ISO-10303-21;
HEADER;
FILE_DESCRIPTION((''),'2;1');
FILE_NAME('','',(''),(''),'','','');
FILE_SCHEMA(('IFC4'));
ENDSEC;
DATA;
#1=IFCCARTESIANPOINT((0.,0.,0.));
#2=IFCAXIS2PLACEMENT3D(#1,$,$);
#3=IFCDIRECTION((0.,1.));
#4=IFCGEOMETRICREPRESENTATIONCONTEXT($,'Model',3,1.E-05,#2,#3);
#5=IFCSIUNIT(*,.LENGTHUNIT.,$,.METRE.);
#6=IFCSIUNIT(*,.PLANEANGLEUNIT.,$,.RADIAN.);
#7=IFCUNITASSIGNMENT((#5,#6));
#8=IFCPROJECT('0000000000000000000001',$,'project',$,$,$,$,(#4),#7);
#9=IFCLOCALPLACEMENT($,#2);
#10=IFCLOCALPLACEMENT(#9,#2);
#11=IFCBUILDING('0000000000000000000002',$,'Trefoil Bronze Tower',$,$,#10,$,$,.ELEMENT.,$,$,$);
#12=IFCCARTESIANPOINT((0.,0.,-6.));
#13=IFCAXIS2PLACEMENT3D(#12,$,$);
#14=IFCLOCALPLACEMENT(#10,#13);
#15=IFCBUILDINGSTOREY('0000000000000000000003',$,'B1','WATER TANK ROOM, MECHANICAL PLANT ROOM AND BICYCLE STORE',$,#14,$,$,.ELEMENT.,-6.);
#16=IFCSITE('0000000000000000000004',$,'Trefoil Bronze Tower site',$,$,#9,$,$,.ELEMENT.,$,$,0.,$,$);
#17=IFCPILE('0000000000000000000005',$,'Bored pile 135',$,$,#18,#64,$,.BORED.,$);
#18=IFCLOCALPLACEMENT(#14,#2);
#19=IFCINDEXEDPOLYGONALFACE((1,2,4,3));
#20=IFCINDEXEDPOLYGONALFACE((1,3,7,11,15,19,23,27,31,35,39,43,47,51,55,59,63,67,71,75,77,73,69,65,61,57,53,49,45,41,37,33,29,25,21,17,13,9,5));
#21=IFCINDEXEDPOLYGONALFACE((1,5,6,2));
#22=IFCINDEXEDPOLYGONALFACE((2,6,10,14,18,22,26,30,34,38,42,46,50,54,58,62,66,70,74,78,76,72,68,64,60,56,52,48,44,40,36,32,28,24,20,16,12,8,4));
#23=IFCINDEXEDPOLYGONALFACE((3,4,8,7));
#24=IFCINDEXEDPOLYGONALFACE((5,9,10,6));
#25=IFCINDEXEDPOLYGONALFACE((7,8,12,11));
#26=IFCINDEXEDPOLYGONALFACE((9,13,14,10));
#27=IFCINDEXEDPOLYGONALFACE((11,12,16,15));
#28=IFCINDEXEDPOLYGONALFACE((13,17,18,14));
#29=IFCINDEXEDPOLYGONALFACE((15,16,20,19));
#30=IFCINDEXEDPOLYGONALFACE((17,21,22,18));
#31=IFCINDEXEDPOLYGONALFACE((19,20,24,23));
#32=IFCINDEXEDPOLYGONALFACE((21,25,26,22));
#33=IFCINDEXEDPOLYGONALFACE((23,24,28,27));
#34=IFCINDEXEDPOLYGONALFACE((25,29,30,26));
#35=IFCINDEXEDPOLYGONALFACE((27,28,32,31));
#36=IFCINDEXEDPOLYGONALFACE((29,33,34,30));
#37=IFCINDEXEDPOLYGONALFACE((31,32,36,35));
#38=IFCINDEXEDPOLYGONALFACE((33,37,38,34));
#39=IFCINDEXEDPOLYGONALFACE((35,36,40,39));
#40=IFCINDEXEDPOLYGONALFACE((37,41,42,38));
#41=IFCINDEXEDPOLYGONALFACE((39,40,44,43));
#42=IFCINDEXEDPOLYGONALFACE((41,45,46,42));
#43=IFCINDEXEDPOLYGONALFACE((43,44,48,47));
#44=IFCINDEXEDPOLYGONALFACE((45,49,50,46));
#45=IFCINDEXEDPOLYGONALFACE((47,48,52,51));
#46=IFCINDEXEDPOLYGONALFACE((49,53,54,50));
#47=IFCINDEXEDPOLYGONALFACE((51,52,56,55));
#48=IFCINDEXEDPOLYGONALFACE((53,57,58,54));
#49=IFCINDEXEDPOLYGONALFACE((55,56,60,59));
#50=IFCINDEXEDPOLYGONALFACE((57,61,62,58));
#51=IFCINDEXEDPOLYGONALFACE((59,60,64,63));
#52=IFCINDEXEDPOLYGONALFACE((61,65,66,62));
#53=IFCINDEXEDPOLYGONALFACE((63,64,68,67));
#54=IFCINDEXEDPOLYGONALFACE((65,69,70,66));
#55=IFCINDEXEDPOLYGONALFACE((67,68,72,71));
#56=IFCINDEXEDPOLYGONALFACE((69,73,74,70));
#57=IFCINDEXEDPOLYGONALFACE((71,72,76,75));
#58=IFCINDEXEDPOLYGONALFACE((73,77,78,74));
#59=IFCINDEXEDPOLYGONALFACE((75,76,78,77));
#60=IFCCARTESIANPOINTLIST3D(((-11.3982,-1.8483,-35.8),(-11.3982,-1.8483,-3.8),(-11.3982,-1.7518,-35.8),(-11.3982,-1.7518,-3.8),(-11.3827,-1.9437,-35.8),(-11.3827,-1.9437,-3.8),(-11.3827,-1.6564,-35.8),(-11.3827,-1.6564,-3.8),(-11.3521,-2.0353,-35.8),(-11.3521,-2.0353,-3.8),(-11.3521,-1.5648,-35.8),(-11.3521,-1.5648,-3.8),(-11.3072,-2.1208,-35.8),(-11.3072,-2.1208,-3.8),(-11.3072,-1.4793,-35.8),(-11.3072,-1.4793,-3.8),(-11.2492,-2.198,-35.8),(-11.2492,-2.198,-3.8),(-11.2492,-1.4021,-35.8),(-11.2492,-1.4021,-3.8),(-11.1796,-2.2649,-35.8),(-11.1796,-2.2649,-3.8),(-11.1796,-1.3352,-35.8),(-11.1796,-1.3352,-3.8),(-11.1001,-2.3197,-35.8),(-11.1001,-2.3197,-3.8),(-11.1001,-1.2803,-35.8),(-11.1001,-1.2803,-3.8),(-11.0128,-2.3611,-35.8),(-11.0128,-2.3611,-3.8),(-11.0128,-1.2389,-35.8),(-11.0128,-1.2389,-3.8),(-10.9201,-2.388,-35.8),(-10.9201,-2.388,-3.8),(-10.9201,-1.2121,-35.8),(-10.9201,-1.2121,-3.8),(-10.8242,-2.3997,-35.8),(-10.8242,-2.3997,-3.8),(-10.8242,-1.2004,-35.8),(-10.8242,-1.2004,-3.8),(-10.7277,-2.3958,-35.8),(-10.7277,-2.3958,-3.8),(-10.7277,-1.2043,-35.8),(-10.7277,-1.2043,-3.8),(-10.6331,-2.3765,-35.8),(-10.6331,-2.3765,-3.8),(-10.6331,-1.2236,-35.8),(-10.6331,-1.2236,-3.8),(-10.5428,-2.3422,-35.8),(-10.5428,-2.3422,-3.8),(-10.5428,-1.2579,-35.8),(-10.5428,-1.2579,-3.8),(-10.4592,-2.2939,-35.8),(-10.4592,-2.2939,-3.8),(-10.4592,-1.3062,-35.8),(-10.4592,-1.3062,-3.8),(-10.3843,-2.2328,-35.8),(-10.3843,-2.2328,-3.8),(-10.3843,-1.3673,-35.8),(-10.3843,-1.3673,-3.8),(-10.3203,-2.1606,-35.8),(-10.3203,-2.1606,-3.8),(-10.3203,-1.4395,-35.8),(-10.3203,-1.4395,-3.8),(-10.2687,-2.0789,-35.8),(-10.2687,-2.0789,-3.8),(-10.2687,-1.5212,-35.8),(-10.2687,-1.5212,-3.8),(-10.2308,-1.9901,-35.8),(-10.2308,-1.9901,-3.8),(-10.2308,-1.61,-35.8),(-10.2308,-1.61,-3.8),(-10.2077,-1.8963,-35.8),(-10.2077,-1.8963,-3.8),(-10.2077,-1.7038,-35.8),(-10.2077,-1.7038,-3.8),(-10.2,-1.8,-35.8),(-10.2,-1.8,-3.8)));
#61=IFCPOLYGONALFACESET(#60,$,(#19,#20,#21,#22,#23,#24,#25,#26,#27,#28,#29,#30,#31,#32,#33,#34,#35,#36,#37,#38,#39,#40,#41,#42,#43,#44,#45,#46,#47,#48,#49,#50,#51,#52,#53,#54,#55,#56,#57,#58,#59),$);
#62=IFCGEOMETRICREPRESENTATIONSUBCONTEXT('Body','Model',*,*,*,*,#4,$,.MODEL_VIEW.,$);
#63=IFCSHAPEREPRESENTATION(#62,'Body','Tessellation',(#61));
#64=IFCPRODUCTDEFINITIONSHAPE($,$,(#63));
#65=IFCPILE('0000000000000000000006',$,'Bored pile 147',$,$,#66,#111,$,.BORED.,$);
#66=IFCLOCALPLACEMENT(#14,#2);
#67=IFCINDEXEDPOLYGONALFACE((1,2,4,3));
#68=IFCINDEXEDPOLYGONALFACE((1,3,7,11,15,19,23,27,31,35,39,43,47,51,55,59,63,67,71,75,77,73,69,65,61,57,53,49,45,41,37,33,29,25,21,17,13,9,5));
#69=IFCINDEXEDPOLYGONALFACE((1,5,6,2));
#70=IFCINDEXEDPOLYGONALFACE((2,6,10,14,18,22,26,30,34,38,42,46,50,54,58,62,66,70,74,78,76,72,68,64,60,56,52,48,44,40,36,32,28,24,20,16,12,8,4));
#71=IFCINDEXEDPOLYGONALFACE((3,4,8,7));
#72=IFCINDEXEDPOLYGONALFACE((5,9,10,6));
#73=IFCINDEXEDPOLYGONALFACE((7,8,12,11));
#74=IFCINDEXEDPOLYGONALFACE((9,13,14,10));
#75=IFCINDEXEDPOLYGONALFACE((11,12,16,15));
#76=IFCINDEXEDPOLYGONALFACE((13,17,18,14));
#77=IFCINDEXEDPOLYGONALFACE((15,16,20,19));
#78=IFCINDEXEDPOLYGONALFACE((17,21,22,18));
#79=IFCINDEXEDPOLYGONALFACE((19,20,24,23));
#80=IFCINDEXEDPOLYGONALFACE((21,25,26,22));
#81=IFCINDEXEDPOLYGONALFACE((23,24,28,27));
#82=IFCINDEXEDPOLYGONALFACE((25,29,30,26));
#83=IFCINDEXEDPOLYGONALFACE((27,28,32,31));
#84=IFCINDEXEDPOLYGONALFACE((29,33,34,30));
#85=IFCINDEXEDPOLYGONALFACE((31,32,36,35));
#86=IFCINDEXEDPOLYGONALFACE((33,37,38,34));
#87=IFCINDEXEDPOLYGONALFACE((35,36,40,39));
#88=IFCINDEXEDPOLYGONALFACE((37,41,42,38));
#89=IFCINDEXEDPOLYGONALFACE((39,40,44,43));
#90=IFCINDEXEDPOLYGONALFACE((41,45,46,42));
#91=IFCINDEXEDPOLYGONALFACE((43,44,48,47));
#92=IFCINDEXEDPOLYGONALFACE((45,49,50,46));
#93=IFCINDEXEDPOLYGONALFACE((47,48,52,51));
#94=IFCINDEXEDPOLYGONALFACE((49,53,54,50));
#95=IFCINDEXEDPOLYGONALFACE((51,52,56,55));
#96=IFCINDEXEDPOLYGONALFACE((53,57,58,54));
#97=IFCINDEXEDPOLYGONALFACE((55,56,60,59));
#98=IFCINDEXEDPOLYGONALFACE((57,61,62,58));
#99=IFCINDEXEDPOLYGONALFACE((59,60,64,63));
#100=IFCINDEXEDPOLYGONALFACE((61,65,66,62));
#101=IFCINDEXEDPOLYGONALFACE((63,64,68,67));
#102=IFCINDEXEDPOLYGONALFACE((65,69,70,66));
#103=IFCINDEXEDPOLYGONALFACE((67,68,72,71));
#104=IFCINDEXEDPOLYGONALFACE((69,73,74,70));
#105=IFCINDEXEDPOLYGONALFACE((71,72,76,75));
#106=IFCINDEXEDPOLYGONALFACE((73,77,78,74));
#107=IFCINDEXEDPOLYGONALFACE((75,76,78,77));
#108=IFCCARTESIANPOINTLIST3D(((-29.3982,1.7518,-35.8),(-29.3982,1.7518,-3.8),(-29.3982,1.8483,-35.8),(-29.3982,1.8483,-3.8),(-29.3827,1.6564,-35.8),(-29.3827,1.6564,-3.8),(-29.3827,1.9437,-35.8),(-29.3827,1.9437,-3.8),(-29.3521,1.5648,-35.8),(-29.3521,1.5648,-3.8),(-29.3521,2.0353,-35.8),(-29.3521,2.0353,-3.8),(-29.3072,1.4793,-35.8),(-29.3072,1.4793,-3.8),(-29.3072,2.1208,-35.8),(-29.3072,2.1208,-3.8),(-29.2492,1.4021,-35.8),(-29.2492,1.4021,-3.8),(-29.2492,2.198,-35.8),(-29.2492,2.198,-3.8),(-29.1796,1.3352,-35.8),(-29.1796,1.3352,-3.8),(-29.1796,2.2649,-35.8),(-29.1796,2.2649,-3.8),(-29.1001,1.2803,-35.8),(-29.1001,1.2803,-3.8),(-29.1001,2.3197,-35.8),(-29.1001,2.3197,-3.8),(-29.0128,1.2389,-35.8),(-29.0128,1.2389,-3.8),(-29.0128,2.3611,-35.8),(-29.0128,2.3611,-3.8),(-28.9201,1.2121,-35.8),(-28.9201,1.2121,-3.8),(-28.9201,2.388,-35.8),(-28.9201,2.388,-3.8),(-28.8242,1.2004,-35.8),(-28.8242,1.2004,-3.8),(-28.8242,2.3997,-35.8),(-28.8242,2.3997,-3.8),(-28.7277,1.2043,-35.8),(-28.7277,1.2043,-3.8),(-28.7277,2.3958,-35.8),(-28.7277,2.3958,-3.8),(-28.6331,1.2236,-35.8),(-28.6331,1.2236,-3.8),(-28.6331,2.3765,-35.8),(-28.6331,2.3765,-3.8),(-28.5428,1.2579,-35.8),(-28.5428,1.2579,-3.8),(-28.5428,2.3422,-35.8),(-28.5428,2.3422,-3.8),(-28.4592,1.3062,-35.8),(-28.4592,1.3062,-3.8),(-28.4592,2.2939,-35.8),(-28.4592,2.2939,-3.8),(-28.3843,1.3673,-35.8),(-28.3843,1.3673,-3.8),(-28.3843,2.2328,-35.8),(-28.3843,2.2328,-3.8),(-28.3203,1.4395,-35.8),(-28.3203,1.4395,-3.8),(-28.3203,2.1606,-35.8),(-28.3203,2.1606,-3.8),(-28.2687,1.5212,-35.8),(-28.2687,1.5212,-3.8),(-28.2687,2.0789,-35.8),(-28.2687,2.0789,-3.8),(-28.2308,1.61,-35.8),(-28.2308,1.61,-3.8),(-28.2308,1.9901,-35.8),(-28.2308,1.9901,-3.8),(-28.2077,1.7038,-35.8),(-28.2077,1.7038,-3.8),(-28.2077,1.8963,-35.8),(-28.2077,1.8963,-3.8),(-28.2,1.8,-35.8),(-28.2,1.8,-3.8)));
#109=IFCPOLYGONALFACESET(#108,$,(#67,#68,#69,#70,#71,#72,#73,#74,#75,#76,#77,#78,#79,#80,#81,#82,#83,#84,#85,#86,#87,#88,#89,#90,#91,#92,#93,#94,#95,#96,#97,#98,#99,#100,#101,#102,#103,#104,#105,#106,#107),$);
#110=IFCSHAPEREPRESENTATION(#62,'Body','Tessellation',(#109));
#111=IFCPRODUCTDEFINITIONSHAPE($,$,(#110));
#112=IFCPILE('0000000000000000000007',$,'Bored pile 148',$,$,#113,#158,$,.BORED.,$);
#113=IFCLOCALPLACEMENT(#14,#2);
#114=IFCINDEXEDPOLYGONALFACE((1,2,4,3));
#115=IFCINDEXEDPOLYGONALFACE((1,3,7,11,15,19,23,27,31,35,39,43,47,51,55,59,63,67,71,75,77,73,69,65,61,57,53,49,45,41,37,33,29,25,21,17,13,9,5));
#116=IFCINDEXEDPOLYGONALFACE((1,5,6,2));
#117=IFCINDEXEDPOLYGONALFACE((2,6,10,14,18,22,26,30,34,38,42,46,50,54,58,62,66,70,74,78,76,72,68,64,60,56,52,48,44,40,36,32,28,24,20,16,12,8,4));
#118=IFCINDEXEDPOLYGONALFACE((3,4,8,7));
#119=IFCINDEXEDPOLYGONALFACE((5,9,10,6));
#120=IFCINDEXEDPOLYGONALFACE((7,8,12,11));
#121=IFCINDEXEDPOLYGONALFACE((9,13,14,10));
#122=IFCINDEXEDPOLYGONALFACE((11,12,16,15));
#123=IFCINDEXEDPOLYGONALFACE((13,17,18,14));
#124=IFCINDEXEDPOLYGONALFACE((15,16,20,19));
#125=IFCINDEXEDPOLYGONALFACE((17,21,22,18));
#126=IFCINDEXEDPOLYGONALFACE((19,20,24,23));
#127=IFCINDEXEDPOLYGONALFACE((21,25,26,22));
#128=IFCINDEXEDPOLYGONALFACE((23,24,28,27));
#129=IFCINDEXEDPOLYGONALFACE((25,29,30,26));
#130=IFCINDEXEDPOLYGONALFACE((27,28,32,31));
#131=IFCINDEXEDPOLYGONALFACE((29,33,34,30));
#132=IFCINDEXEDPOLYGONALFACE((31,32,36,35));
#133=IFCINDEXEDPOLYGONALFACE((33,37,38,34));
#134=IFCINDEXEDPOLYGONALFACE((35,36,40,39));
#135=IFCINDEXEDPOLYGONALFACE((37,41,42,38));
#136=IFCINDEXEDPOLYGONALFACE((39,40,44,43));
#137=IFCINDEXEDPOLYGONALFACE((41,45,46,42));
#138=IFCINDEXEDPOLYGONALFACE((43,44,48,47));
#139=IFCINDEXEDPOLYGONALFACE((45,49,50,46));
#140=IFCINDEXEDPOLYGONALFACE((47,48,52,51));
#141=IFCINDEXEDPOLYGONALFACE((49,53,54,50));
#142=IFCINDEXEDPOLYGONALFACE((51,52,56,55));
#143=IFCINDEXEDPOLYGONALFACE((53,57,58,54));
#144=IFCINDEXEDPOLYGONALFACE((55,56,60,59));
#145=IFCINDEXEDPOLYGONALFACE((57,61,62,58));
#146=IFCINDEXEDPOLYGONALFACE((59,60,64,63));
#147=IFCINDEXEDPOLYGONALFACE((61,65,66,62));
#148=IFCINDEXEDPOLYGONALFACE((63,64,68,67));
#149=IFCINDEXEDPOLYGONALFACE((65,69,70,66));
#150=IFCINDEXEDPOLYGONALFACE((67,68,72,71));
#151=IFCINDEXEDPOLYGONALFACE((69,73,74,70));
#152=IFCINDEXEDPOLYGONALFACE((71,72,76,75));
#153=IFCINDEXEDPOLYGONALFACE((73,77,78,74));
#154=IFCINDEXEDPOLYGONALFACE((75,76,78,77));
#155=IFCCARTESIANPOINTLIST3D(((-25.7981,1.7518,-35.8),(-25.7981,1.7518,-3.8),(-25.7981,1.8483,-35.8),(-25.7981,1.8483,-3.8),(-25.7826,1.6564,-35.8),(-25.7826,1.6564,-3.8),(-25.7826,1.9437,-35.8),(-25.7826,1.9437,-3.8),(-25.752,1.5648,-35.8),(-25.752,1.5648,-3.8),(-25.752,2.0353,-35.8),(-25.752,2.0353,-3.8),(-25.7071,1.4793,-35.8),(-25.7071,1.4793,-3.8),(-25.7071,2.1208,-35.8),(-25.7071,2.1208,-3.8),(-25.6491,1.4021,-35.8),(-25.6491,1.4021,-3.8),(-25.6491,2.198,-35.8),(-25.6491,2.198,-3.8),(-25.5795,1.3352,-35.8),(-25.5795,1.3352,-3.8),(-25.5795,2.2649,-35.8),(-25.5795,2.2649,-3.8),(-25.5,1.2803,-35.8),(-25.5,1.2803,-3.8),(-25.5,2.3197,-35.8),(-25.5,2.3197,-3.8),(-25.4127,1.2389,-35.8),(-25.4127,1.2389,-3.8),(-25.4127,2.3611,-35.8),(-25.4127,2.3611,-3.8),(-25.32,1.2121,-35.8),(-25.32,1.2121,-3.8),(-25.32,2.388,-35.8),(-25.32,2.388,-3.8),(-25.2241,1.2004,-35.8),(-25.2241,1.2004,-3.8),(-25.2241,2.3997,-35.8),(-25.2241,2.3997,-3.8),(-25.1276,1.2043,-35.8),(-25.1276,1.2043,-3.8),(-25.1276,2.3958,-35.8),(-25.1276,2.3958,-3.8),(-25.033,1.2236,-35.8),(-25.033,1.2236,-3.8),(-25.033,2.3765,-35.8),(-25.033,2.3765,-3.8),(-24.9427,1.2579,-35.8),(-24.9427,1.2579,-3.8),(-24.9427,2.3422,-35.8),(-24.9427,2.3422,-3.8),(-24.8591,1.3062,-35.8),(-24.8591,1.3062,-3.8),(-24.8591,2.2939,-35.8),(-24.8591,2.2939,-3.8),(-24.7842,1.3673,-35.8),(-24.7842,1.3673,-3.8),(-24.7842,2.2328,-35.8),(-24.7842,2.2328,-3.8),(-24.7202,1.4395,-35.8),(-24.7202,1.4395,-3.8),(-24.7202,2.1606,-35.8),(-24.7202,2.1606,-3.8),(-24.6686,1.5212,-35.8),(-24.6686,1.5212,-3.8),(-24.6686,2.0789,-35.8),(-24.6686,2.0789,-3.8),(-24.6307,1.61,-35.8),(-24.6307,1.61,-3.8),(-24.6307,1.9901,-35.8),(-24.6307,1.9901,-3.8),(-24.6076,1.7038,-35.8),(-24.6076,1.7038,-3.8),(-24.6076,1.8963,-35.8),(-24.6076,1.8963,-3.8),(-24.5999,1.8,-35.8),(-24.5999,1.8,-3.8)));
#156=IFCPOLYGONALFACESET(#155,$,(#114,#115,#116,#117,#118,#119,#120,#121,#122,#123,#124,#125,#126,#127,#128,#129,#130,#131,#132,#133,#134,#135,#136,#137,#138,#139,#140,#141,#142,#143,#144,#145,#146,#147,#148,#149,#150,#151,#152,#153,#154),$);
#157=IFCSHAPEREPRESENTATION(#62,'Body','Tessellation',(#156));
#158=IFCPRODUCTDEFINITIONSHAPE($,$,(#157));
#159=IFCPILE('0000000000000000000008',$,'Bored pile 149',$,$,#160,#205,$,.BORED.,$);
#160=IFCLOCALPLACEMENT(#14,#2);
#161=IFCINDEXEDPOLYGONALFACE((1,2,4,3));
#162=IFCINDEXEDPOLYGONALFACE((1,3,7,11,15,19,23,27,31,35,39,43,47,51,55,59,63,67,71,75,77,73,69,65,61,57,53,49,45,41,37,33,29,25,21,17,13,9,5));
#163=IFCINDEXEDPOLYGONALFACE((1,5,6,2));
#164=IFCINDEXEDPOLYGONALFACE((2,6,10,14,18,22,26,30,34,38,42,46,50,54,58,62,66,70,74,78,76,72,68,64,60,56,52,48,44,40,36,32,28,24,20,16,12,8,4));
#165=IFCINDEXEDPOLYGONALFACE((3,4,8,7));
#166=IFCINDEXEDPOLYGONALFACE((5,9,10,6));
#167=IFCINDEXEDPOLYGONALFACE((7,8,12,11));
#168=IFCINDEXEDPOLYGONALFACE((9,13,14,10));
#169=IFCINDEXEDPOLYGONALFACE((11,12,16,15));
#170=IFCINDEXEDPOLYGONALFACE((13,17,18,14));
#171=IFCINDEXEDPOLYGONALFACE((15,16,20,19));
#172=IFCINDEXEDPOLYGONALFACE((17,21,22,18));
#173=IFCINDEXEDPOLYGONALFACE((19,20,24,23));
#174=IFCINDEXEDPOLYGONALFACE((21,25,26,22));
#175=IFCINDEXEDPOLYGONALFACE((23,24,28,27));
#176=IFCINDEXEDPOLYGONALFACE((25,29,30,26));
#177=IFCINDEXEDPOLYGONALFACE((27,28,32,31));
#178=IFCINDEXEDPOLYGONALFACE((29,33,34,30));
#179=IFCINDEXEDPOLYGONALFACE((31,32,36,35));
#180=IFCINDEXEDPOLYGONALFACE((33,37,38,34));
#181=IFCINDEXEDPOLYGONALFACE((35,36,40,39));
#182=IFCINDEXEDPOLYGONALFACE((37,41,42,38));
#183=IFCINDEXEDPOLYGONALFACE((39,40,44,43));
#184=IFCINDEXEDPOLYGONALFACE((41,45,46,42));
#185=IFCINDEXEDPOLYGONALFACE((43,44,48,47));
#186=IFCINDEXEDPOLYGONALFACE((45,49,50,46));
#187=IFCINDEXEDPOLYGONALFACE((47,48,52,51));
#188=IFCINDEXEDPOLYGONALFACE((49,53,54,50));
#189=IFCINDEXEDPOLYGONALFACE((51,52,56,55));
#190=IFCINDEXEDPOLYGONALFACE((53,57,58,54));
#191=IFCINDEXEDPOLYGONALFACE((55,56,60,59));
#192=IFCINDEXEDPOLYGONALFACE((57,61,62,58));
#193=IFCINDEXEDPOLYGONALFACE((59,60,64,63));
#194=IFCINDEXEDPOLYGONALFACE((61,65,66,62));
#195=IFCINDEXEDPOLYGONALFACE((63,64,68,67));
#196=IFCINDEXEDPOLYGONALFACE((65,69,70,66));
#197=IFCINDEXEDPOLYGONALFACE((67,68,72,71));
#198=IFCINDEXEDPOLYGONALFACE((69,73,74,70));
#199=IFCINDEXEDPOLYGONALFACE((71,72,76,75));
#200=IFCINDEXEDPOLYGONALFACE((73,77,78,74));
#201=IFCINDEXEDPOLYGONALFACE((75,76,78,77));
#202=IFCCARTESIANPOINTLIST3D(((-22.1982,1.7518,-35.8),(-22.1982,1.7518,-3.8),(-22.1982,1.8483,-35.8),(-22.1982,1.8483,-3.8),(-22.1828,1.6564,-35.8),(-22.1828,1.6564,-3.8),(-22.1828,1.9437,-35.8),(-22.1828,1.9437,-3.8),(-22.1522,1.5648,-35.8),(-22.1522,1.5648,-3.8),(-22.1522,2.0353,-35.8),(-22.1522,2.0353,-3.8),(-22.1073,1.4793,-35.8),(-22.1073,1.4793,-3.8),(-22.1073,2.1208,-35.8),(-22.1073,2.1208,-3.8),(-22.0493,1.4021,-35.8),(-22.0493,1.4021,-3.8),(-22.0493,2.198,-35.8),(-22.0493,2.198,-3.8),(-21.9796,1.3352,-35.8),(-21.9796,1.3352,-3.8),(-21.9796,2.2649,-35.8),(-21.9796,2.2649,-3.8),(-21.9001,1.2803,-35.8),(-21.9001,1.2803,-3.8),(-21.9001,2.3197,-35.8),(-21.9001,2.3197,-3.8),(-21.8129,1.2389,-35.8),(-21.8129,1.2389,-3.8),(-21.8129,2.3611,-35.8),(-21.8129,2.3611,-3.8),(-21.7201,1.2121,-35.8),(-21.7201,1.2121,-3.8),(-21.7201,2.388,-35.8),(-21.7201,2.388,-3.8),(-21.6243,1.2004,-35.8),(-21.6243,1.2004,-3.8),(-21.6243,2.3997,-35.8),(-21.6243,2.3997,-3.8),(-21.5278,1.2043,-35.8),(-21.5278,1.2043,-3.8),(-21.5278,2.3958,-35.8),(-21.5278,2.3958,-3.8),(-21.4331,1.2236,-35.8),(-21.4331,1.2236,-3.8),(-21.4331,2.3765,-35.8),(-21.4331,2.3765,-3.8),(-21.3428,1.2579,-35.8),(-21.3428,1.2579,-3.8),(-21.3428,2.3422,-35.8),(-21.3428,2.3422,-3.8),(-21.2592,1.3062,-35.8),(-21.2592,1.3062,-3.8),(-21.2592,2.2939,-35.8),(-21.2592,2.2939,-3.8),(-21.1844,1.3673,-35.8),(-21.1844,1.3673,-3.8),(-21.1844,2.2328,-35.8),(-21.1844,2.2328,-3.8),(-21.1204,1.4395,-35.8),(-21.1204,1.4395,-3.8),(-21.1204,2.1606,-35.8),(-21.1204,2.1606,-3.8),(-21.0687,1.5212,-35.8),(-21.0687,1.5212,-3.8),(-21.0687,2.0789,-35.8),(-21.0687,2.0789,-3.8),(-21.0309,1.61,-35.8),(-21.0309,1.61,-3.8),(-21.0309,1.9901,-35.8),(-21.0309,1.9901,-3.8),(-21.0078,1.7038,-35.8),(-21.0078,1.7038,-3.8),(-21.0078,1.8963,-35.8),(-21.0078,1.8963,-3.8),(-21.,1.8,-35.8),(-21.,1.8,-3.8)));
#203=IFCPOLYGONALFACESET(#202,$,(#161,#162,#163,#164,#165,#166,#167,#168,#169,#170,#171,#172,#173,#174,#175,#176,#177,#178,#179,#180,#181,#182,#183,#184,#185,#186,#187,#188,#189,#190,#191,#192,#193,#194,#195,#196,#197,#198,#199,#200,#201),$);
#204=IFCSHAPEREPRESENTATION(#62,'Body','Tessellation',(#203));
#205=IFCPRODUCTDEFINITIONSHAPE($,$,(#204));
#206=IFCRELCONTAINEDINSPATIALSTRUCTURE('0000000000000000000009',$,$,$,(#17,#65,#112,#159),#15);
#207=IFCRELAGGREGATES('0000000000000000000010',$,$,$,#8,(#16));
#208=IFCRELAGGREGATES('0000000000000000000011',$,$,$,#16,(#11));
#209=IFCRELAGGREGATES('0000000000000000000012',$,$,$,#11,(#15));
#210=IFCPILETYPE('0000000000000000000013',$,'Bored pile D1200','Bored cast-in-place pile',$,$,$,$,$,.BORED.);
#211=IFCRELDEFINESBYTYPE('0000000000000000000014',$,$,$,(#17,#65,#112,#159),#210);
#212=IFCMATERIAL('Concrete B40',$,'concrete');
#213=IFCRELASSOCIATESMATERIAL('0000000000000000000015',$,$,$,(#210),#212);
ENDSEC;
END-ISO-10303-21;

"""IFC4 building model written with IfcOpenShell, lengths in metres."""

from ifc_helpers import new_model, si_unit, direction, frame, origin, origin_2d, place, context, subcontext, project, spatial, circle, extrude, material, type_object, element, save


model = new_model("IFC4")

# Units and contexts
model_context = context("Model", 3, precision=1e-05, world=origin(), true_north=direction((0.0, 1.0)))
body_context = subcontext(model_context, "Body", "Model", "MODEL_VIEW")
ifc_project = project(units=[si_unit("LENGTHUNIT", "METRE"), si_unit("PLANEANGLEUNIT", "RADIAN")], contexts=[model_context])

# Site, building, storey
site_placement = place(None, origin())
site = spatial("IfcSite", under=ifc_project, at=site_placement, Name="Trefoil Bronze Tower site", CompositionType="ELEMENT", RefElevation=0.0)
building_placement = place(site_placement, origin())
building = spatial("IfcBuilding", under=site, at=building_placement, Name="Trefoil Bronze Tower", CompositionType="ELEMENT")
storey_placement = place(building_placement, frame((0.0, 0.0, -6.0)))
storey = spatial("IfcBuildingStorey", under=building, at=storey_placement, Name="B1", Description="WATER TANK ROOM, MECHANICAL PLANT ROOM AND BICYCLE STORE", CompositionType="ELEMENT", Elevation=-6.0)

# Piles
ifc_material_1 = material(Name="Concrete B40", Category="concrete")
pile_type = type_object("IfcPileType", Name="Bored pile D1200", Description="Bored cast-in-place pile", PredefinedType="BORED", material=ifc_material_1)
for number, where, z_axis, x_axis, name in (
    (1, (-10.8, -1.8, -3.8), (0.0, 0.0, -1.0), (1.0, 0.0, 0.0), "Bored pile 135"),
    (2, (-28.8, 1.8, -3.8), (0.0, 0.0, -1.0), (1.0, 0.0, 0.0), "Bored pile 147"),
    (3, (-25.2, 1.8, -3.8), (0.0, 0.0, -1.0), (1.0, 0.0, 0.0), "Bored pile 148"),
    (4, (-21.6001, 1.8, -3.8), (0.0, 0.0, -1.0), (1.0, 0.0, 0.0), "Bored pile 149"),
):
    element("IfcPile", number, at=place(storey_placement, frame(where, z_axis=z_axis, x_axis=x_axis)), inside=storey, type_object=pile_type, Name=name, PredefinedType="BORED", context=body_context, shape_type="SweptSolid", body=[
        extrude(circle(Radius=0.6001, at=origin_2d()), origin(), (0.0, 0.0, 1.0), 32.0),
    ])

save(model, "model.ifc")
